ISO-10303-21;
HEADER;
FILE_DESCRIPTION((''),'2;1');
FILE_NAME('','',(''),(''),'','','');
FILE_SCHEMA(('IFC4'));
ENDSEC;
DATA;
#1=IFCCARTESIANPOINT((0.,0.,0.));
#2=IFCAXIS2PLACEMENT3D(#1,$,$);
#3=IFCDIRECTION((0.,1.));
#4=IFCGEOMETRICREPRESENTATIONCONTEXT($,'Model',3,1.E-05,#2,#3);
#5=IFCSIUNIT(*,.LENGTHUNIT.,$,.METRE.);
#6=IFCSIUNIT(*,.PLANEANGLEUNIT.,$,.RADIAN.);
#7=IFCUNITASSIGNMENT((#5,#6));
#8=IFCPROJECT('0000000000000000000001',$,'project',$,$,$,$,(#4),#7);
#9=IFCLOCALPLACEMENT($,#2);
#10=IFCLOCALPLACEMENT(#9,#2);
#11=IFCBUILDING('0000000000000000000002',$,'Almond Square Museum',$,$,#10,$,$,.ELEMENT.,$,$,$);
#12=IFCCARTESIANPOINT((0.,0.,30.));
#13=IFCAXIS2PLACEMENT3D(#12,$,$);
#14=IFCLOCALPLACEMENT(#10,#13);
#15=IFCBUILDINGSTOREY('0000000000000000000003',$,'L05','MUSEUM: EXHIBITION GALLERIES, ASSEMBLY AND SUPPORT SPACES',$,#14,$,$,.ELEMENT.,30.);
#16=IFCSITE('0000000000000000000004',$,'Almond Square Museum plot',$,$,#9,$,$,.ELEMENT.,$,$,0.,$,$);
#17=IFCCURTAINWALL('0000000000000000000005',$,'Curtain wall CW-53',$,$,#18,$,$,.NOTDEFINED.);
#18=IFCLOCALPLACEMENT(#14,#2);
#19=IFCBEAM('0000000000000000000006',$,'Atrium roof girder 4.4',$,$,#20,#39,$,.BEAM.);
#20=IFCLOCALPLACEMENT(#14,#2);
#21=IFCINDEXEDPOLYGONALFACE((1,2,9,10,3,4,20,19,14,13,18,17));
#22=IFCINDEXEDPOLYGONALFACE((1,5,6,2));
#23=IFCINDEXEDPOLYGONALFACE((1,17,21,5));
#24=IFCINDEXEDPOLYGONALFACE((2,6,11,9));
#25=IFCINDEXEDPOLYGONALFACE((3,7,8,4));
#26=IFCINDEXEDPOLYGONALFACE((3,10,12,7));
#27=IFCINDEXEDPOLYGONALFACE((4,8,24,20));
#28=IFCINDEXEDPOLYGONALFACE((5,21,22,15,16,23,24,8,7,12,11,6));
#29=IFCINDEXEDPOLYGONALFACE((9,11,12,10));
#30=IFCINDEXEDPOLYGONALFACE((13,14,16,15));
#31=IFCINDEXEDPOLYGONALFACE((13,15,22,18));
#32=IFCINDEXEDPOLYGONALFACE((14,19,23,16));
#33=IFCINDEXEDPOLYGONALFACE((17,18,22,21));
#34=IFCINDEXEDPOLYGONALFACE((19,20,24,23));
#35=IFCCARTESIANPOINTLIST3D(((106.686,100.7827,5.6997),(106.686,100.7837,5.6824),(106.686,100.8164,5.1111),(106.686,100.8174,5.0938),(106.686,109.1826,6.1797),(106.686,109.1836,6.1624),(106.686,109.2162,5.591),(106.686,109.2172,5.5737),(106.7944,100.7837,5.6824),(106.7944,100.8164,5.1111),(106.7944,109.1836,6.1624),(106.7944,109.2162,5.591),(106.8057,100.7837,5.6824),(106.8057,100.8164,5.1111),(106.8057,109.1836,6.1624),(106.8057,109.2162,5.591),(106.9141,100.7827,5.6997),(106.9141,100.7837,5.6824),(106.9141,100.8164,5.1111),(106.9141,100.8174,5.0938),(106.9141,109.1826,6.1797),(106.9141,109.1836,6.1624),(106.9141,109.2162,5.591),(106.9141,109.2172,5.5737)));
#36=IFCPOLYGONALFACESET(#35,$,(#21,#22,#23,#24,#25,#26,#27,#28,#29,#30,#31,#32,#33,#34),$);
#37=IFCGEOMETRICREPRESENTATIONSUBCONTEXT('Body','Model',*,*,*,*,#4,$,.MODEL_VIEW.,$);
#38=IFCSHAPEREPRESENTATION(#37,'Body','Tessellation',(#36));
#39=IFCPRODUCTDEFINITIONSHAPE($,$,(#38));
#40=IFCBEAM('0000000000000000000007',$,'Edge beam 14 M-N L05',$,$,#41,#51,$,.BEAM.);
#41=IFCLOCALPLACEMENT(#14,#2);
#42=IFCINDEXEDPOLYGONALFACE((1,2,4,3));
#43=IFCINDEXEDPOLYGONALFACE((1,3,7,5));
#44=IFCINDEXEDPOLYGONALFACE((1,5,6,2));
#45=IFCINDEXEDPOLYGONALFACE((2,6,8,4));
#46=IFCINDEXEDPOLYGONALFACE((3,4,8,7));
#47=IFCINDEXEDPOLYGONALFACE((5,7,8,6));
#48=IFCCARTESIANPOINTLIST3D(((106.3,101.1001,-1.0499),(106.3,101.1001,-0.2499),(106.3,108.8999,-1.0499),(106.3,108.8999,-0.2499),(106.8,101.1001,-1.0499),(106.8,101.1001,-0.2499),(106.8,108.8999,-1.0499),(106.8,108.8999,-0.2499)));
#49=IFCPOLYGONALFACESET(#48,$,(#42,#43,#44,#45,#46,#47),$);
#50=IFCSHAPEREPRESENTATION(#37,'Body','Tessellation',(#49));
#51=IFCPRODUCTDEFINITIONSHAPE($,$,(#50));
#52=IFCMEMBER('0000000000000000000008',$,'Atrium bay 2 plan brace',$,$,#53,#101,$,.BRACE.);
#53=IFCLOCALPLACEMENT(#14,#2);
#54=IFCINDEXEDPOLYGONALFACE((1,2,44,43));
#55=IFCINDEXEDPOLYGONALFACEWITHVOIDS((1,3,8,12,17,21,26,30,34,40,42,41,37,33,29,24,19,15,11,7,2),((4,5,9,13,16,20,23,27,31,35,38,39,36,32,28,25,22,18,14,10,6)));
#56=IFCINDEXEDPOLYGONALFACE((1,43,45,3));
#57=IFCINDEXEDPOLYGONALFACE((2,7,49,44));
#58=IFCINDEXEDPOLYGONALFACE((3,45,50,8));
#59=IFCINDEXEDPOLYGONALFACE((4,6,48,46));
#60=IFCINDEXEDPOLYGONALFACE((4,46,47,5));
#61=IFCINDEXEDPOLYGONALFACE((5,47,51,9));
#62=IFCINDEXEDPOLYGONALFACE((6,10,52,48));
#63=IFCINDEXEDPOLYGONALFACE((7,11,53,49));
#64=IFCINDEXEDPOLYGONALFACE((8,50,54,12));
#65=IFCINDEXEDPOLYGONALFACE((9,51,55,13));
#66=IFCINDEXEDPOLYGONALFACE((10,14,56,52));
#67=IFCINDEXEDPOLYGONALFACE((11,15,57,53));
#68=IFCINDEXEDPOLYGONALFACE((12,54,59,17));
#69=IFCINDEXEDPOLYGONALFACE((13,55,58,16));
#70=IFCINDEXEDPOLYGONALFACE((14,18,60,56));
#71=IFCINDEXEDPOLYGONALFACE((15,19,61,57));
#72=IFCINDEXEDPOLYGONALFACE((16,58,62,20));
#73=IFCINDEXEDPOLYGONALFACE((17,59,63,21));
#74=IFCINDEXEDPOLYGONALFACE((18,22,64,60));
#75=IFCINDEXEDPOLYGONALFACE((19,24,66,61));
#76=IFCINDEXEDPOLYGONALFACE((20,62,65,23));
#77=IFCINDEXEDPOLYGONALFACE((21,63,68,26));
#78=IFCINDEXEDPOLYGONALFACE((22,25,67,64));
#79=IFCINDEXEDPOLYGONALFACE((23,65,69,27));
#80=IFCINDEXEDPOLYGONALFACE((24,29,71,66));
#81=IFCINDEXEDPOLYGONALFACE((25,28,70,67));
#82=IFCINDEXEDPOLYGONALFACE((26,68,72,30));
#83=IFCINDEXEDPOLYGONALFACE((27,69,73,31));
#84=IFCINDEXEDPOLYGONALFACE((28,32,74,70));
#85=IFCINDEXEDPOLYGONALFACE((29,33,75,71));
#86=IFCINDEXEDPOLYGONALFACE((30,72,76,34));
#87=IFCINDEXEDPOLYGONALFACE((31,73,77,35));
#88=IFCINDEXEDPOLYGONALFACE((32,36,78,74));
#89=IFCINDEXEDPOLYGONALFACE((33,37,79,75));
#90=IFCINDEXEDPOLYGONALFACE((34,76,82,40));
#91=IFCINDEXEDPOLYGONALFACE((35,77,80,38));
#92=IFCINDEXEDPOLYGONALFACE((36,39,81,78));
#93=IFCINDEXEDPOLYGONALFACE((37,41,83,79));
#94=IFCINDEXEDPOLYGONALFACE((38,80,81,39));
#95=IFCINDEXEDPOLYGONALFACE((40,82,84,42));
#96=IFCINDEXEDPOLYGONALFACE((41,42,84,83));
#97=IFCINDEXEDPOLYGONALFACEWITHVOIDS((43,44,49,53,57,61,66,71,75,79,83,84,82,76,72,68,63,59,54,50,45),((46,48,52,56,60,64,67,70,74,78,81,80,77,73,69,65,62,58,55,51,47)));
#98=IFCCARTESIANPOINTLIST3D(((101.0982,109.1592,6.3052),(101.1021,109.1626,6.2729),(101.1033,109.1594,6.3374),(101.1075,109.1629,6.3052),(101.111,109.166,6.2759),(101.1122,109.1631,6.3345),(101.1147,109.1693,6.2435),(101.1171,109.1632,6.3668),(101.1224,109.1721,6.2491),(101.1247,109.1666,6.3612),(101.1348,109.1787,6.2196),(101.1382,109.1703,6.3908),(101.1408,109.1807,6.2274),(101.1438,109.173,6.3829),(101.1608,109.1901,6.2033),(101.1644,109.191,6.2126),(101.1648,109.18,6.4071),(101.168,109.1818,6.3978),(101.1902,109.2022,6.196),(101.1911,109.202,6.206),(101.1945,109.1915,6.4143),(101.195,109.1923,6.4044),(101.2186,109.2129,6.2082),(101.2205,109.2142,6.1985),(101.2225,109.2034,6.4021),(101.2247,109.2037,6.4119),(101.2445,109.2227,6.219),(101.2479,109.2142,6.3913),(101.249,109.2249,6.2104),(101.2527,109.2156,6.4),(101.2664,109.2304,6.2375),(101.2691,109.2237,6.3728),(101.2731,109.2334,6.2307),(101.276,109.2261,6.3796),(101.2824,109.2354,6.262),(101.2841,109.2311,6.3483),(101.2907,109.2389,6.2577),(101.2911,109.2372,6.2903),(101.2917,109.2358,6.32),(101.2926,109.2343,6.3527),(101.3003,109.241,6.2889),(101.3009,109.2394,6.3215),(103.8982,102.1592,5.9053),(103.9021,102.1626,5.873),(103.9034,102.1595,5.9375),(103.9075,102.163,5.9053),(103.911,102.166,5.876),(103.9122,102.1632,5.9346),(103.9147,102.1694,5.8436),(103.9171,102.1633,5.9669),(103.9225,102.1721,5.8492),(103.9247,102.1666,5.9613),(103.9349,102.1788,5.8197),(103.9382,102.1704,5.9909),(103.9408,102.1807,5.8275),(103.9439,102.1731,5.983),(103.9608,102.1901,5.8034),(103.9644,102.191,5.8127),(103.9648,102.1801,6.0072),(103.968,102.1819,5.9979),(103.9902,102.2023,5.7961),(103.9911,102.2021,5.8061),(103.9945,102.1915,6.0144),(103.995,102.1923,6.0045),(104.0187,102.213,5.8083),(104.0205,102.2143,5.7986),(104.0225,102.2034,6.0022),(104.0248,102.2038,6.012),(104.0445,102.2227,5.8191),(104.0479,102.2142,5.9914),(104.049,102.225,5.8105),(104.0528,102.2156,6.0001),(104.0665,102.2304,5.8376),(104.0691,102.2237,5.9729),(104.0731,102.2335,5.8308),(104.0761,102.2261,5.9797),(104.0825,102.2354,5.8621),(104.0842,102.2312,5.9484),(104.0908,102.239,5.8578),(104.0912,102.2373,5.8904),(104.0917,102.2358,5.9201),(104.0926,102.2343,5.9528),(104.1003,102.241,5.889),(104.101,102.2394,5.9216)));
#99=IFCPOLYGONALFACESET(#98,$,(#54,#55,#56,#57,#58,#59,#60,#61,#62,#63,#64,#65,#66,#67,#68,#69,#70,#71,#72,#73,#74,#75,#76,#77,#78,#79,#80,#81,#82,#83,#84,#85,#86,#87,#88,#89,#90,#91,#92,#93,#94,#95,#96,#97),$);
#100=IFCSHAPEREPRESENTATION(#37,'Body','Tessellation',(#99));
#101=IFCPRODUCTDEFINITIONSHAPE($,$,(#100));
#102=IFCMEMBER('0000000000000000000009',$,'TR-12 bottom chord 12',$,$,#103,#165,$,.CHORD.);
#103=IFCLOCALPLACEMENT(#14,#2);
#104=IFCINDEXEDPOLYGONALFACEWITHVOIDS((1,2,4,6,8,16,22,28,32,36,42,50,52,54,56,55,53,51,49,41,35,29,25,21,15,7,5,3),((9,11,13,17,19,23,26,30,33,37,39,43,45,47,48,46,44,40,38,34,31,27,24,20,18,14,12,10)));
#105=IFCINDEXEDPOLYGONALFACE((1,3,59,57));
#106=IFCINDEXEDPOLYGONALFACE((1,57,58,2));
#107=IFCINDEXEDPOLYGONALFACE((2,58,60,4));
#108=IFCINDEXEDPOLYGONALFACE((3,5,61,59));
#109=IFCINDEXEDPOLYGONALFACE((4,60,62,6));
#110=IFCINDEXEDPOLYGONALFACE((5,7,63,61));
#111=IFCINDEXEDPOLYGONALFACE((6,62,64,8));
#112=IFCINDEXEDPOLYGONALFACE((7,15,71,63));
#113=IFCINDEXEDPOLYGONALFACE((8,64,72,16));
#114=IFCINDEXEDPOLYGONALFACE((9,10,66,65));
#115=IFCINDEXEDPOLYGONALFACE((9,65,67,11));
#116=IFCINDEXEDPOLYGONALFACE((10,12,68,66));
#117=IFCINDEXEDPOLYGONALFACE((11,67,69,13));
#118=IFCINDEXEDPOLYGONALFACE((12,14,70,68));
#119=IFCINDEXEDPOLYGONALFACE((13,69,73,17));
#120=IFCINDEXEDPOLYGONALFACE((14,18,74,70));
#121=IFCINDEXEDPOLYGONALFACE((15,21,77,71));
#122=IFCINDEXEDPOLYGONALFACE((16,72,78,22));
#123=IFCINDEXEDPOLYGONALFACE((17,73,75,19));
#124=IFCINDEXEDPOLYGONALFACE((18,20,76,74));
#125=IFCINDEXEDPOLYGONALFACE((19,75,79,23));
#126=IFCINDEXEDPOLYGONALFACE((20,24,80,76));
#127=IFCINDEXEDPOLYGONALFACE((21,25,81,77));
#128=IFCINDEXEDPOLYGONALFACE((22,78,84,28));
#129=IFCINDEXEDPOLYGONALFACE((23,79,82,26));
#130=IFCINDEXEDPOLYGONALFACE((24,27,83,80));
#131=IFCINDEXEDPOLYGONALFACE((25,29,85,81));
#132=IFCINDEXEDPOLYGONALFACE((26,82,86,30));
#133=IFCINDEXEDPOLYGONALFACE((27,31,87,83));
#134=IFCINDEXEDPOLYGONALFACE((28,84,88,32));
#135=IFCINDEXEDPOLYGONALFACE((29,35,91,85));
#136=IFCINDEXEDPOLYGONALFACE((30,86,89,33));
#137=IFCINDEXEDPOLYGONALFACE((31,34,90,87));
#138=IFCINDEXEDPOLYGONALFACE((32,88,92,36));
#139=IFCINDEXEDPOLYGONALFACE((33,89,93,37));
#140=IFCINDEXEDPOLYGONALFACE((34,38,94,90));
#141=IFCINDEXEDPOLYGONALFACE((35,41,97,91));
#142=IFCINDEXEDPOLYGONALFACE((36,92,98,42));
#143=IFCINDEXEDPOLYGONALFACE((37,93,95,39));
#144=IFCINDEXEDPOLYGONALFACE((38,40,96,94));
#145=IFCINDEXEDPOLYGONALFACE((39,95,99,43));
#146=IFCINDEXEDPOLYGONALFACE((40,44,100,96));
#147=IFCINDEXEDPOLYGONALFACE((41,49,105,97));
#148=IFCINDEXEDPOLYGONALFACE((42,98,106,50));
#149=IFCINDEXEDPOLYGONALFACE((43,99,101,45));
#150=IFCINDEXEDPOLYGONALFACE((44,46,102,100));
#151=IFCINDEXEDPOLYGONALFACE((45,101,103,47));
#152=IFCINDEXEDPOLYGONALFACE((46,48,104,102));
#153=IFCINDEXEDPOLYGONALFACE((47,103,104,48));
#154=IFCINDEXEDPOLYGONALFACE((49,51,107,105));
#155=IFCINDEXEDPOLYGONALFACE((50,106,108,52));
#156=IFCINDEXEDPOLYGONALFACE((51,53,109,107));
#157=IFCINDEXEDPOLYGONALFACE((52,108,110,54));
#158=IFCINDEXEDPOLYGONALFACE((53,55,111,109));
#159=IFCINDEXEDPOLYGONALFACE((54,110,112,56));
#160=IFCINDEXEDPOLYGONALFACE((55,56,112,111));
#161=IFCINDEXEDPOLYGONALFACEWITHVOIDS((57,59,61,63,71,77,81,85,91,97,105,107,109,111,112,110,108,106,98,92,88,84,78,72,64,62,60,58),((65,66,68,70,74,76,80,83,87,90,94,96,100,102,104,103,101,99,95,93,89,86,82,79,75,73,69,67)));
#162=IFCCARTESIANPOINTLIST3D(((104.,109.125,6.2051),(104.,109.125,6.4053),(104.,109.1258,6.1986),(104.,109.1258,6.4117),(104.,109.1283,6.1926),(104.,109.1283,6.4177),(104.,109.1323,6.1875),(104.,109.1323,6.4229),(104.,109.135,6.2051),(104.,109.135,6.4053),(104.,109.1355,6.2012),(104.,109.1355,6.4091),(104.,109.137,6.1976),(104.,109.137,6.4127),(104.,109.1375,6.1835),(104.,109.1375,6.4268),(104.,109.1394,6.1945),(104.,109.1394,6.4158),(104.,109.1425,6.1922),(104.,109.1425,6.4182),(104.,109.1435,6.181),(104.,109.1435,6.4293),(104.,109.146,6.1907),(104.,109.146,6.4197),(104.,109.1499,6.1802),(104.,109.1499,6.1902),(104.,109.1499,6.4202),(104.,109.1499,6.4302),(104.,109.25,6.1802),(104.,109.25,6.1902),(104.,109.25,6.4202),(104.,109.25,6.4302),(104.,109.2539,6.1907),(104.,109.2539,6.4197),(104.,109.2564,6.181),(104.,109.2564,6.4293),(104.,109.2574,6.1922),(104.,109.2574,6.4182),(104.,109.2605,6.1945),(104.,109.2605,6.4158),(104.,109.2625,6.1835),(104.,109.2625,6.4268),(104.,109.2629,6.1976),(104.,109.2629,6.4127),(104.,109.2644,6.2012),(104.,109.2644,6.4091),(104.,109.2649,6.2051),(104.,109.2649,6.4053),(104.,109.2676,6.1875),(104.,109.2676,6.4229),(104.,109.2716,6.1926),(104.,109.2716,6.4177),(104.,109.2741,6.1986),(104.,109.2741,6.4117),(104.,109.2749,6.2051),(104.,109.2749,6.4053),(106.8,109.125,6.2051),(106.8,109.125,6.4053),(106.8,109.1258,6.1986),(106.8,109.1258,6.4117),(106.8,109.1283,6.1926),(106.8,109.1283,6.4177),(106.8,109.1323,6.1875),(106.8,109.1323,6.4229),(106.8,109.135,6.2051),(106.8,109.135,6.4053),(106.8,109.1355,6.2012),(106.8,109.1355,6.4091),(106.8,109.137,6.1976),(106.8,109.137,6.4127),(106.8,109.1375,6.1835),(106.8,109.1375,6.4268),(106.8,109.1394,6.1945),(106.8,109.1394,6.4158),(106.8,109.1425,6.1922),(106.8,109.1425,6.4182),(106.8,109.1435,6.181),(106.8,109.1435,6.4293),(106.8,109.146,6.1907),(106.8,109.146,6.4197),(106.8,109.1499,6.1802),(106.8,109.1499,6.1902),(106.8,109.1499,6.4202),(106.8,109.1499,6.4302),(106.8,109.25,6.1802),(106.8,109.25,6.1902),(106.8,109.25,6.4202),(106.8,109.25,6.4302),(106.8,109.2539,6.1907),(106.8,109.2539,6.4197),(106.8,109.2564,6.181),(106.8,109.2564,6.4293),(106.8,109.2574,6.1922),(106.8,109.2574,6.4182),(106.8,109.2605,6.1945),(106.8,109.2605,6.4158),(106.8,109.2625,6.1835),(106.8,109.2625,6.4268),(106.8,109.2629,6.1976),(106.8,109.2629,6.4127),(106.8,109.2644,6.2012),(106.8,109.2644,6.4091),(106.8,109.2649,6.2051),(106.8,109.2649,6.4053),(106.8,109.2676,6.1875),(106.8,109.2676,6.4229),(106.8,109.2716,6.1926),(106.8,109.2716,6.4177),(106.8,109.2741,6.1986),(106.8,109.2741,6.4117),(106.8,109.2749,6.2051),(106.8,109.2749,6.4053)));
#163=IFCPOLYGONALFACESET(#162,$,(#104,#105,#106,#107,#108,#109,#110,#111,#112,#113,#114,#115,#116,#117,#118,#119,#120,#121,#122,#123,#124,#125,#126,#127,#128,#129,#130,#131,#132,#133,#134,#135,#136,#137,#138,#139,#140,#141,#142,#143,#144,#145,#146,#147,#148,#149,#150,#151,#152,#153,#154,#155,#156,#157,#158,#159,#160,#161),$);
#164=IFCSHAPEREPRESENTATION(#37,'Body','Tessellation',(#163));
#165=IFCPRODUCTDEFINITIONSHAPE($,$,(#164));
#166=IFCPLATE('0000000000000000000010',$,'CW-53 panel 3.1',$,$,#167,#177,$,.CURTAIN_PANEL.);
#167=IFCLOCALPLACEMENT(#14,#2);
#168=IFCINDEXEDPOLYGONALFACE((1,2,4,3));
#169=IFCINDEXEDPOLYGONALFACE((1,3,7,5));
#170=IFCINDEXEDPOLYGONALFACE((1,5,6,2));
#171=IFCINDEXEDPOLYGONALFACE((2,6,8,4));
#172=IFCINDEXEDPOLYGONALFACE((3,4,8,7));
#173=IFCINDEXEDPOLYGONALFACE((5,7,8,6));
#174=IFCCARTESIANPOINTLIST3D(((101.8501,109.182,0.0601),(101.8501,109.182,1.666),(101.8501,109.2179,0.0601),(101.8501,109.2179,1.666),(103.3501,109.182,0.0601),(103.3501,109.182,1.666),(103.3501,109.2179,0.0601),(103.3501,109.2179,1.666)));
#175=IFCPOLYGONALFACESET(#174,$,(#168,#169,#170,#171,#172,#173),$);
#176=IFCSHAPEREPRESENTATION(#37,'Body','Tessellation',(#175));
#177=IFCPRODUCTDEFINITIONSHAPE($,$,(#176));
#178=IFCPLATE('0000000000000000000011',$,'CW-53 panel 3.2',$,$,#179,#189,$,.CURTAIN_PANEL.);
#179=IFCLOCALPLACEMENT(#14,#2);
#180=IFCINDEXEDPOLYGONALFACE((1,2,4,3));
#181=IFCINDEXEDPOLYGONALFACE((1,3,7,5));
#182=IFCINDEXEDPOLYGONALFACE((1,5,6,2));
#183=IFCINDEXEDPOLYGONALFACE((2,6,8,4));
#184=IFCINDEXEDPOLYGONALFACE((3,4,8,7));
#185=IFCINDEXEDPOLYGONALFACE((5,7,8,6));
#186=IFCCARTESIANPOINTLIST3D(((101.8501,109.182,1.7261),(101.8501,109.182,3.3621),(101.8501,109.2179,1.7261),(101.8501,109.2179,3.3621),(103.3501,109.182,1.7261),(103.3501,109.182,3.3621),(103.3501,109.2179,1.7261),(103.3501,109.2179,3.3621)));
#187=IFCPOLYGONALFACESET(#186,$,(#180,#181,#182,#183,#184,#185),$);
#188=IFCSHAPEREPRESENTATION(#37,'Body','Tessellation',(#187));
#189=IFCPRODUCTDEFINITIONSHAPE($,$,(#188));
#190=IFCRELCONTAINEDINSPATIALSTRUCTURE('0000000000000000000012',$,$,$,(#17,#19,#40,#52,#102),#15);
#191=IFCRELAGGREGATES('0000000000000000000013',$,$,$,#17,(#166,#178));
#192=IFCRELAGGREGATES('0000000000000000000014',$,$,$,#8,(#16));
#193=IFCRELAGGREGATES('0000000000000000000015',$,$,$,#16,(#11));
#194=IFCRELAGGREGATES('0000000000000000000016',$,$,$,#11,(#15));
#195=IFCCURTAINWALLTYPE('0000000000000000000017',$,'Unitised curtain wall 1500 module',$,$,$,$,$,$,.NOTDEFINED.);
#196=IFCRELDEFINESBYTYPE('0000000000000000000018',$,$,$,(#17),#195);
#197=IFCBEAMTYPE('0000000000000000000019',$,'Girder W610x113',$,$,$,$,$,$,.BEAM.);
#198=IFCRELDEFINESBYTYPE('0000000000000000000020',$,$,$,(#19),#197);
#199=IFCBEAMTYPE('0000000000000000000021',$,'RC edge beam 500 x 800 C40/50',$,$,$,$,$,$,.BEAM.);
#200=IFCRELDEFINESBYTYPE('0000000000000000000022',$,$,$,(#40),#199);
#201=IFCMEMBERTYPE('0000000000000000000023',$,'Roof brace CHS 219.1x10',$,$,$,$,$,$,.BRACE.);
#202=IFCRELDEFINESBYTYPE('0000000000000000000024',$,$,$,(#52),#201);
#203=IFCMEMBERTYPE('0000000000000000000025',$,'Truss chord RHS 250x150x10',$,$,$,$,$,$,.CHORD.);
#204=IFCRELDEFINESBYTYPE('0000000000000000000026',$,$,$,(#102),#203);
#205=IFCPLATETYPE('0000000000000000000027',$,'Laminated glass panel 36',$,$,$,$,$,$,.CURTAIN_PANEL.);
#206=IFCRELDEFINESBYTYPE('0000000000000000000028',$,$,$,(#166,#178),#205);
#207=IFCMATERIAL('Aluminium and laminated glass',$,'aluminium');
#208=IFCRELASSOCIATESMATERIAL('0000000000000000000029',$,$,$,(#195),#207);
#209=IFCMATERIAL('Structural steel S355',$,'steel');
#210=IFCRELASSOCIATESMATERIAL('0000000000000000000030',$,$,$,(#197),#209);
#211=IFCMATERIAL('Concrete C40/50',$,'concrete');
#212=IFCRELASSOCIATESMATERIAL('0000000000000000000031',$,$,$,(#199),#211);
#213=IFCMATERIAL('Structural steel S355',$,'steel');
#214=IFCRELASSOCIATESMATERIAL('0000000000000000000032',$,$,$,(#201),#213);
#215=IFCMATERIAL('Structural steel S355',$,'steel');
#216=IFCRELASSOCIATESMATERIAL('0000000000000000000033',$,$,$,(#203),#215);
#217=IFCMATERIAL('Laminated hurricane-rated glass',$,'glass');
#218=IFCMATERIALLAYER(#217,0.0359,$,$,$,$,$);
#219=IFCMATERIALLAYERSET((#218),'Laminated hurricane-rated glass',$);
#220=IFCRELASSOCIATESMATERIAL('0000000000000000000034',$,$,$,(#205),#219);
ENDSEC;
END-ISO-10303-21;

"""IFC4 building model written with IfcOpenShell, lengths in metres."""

from ifc_helpers import new_model, si_unit, direction, frame, origin, origin_2d, place, context, subcontext, project, spatial, rectangle, hollow_rectangle, hollow_circle, i_section, extrude, material, layer, layer_set, material_profile, profile_set, type_object, element, aggregate, save


model = new_model("IFC4")

# Units and contexts
model_context = context("Model", 3, precision=1e-05, world=origin(), true_north=direction((0.0, 1.0)))
body_context = subcontext(model_context, "Body", "Model", "MODEL_VIEW")
ifc_project = project(units=[si_unit("LENGTHUNIT", "METRE"), si_unit("PLANEANGLEUNIT", "RADIAN")], contexts=[model_context])

# Site, building, storey
site_placement = place(None, origin())
site = spatial("IfcSite", under=ifc_project, at=site_placement, Name="Almond Square Museum plot", CompositionType="ELEMENT", RefElevation=0.0)
building_placement = place(site_placement, origin())
building = spatial("IfcBuilding", under=site, at=building_placement, Name="Almond Square Museum", CompositionType="ELEMENT")
storey_placement = place(building_placement, frame((0.0, 0.0, 30.0)))
storey = spatial("IfcBuildingStorey", under=building, at=storey_placement, Name="L05", Description="MUSEUM: EXHIBITION GALLERIES, ASSEMBLY AND SUPPORT SPACES", CompositionType="ELEMENT", Elevation=30.0)

# Curtain wall
ifc_material_1 = material(Name="Aluminium and laminated glass", Category="aluminium")
curtain_wall_type = type_object("IfcCurtainWallType", Name="Unitised curtain wall 1500 module", PredefinedType="NOTDEFINED", material=ifc_material_1)
curtain_wall_1_placement = place(storey_placement, origin())
curtain_wall_1 = element("IfcCurtainWall", 1, at=curtain_wall_1_placement, inside=storey, type_object=curtain_wall_type, Name="Curtain wall CW-53", PredefinedType="NOTDEFINED")

# Beams
ifc_material_2 = material(Name="Structural steel S355", Category="steel")
ifc_material_profile_1 = material_profile(ifc_material_2, i_section(OverallWidth=0.228, OverallDepth=0.6069, WebThickness=0.0112, FlangeThickness=0.0173, at=origin_2d()))
ifc_profile_set_1 = profile_set([ifc_material_profile_1], Name="Structural steel S355")
beam_type_1 = type_object("IfcBeamType", Name="Girder W610x113", PredefinedType="BEAM", material=ifc_profile_set_1)
beam_1_placement = place(storey_placement, frame((106.8, 100.8, 5.3967), z_axis=(0.0, 0.998371, 0.057048), x_axis=(-1.0, 0.0, 0.0)))
element("IfcBeam", 2, at=beam_1_placement, inside=storey, type_object=beam_type_1, Name="Atrium roof girder 4.4", PredefinedType="BEAM", context=body_context, shape_type="SweptSolid", body=[
    extrude(i_section(OverallWidth=0.228, OverallDepth=0.6069, WebThickness=0.0112, FlangeThickness=0.0173, at=origin_2d()), origin(), (0.0, 0.0, 1.0), 8.4136),
])
ifc_material_3 = material(Name="Concrete C40/50", Category="concrete")
ifc_material_profile_2 = material_profile(ifc_material_3, rectangle(XDim=0.5, YDim=0.8, at=origin_2d()))
ifc_profile_set_2 = profile_set([ifc_material_profile_2], Name="Concrete C40/50")
beam_type_2 = type_object("IfcBeamType", Name="RC edge beam 500 x 800 C40/50", PredefinedType="BEAM", material=ifc_profile_set_2)
beam_2_placement = place(storey_placement, frame((106.55, 101.1001, -0.6499), z_axis=(0.0, 1.0, 0.0), x_axis=(-1.0, 0.0, 0.0)))
element("IfcBeam", 3, at=beam_2_placement, inside=storey, type_object=beam_type_2, Name="Edge beam 14 M-N L05", PredefinedType="BEAM", context=body_context, shape_type="SweptSolid", body=[
    extrude(rectangle(XDim=0.5, YDim=0.8, at=origin_2d()), origin(), (0.0, 0.0, 1.0), 7.7998),
])

# Members
ifc_material_4 = material(Name="Structural steel S355", Category="steel")
ifc_material_profile_3 = material_profile(ifc_material_4, hollow_circle(Radius=0.1096, WallThickness=0.01, at=origin_2d()))
ifc_profile_set_3 = profile_set([ifc_material_profile_3], Name="Structural steel S355")
member_type_1 = type_object("IfcMemberType", Name="Roof brace CHS 219.1x10", PredefinedType="BRACE", material=ifc_profile_set_3)
member_1_placement = place(storey_placement, frame((104.0, 102.2, 5.9053), z_axis=(-0.370875, 0.927171, 0.052968), x_axis=(-0.928474, -0.371396, 0.0)))
element("IfcMember", 4, at=member_1_placement, inside=storey, type_object=member_type_1, Name="Atrium bay 2 plan brace", PredefinedType="BRACE", context=body_context, shape_type="SweptSolid", body=[
    extrude(hollow_circle(Radius=0.1096, WallThickness=0.01, at=origin_2d()), origin(), (0.0, 0.0, 1.0), 7.5498),
])
ifc_material_5 = material(Name="Structural steel S355", Category="steel")
ifc_material_profile_4 = material_profile(ifc_material_5, hollow_rectangle(XDim=0.1499, YDim=0.25, WallThickness=0.01, InnerFilletRadius=0.0149, OuterFilletRadius=0.0249, at=origin_2d()))
ifc_profile_set_4 = profile_set([ifc_material_profile_4], Name="Structural steel S355")
member_type_2 = type_object("IfcMemberType", Name="Truss chord RHS 250x150x10", PredefinedType="CHORD", material=ifc_profile_set_4)
member_2_placement = place(storey_placement, frame((104.0, 109.2, 6.3052), z_axis=(1.0, 0.0, 0.0), x_axis=(0.0, 1.0, 0.0)))
element("IfcMember", 5, at=member_2_placement, inside=storey, type_object=member_type_2, Name="TR-12 bottom chord 12", PredefinedType="CHORD", context=body_context, shape_type="SweptSolid", body=[
    extrude(hollow_rectangle(XDim=0.1499, YDim=0.25, WallThickness=0.01, InnerFilletRadius=0.0149, OuterFilletRadius=0.0249, at=origin_2d()), origin(), (0.0, 0.0, 1.0), 2.8),
])

# Plates
ifc_material_6 = material(Name="Laminated hurricane-rated glass", Category="glass")
ifc_layer_1 = layer(ifc_material_6, 0.0359)
ifc_layer_set_1 = layer_set([ifc_layer_1], Name="Laminated hurricane-rated glass")
plate_type = type_object("IfcPlateType", Name="Laminated glass panel 36", PredefinedType="CURTAIN_PANEL", material=ifc_layer_set_1)
plate_1_placement = place(storey_placement, frame((102.6001, 109.2, 0.0601), z_axis=(0.0, 0.0, 1.0), x_axis=(1.0, 0.0, 0.0)))
plate_1 = element("IfcPlate", 6, at=plate_1_placement, type_object=plate_type, Name="CW-53 panel 3.1", PredefinedType="CURTAIN_PANEL", context=body_context, shape_type="SweptSolid", body=[
    extrude(rectangle(XDim=1.5, YDim=0.0359, at=origin_2d()), origin(), (0.0, 0.0, 1.0), 1.606),
])
plate_2_placement = place(storey_placement, frame((102.6001, 109.2, 1.7261), z_axis=(0.0, 0.0, 1.0), x_axis=(1.0, 0.0, 0.0)))
plate_2 = element("IfcPlate", 7, at=plate_2_placement, type_object=plate_type, Name="CW-53 panel 3.2", PredefinedType="CURTAIN_PANEL", context=body_context, shape_type="SweptSolid", body=[
    extrude(rectangle(XDim=1.5, YDim=0.0359, at=origin_2d()), origin(), (0.0, 0.0, 1.0), 1.636),
])
aggregate(curtain_wall_1, [plate_1, plate_2])

save(model, "model.ifc")
